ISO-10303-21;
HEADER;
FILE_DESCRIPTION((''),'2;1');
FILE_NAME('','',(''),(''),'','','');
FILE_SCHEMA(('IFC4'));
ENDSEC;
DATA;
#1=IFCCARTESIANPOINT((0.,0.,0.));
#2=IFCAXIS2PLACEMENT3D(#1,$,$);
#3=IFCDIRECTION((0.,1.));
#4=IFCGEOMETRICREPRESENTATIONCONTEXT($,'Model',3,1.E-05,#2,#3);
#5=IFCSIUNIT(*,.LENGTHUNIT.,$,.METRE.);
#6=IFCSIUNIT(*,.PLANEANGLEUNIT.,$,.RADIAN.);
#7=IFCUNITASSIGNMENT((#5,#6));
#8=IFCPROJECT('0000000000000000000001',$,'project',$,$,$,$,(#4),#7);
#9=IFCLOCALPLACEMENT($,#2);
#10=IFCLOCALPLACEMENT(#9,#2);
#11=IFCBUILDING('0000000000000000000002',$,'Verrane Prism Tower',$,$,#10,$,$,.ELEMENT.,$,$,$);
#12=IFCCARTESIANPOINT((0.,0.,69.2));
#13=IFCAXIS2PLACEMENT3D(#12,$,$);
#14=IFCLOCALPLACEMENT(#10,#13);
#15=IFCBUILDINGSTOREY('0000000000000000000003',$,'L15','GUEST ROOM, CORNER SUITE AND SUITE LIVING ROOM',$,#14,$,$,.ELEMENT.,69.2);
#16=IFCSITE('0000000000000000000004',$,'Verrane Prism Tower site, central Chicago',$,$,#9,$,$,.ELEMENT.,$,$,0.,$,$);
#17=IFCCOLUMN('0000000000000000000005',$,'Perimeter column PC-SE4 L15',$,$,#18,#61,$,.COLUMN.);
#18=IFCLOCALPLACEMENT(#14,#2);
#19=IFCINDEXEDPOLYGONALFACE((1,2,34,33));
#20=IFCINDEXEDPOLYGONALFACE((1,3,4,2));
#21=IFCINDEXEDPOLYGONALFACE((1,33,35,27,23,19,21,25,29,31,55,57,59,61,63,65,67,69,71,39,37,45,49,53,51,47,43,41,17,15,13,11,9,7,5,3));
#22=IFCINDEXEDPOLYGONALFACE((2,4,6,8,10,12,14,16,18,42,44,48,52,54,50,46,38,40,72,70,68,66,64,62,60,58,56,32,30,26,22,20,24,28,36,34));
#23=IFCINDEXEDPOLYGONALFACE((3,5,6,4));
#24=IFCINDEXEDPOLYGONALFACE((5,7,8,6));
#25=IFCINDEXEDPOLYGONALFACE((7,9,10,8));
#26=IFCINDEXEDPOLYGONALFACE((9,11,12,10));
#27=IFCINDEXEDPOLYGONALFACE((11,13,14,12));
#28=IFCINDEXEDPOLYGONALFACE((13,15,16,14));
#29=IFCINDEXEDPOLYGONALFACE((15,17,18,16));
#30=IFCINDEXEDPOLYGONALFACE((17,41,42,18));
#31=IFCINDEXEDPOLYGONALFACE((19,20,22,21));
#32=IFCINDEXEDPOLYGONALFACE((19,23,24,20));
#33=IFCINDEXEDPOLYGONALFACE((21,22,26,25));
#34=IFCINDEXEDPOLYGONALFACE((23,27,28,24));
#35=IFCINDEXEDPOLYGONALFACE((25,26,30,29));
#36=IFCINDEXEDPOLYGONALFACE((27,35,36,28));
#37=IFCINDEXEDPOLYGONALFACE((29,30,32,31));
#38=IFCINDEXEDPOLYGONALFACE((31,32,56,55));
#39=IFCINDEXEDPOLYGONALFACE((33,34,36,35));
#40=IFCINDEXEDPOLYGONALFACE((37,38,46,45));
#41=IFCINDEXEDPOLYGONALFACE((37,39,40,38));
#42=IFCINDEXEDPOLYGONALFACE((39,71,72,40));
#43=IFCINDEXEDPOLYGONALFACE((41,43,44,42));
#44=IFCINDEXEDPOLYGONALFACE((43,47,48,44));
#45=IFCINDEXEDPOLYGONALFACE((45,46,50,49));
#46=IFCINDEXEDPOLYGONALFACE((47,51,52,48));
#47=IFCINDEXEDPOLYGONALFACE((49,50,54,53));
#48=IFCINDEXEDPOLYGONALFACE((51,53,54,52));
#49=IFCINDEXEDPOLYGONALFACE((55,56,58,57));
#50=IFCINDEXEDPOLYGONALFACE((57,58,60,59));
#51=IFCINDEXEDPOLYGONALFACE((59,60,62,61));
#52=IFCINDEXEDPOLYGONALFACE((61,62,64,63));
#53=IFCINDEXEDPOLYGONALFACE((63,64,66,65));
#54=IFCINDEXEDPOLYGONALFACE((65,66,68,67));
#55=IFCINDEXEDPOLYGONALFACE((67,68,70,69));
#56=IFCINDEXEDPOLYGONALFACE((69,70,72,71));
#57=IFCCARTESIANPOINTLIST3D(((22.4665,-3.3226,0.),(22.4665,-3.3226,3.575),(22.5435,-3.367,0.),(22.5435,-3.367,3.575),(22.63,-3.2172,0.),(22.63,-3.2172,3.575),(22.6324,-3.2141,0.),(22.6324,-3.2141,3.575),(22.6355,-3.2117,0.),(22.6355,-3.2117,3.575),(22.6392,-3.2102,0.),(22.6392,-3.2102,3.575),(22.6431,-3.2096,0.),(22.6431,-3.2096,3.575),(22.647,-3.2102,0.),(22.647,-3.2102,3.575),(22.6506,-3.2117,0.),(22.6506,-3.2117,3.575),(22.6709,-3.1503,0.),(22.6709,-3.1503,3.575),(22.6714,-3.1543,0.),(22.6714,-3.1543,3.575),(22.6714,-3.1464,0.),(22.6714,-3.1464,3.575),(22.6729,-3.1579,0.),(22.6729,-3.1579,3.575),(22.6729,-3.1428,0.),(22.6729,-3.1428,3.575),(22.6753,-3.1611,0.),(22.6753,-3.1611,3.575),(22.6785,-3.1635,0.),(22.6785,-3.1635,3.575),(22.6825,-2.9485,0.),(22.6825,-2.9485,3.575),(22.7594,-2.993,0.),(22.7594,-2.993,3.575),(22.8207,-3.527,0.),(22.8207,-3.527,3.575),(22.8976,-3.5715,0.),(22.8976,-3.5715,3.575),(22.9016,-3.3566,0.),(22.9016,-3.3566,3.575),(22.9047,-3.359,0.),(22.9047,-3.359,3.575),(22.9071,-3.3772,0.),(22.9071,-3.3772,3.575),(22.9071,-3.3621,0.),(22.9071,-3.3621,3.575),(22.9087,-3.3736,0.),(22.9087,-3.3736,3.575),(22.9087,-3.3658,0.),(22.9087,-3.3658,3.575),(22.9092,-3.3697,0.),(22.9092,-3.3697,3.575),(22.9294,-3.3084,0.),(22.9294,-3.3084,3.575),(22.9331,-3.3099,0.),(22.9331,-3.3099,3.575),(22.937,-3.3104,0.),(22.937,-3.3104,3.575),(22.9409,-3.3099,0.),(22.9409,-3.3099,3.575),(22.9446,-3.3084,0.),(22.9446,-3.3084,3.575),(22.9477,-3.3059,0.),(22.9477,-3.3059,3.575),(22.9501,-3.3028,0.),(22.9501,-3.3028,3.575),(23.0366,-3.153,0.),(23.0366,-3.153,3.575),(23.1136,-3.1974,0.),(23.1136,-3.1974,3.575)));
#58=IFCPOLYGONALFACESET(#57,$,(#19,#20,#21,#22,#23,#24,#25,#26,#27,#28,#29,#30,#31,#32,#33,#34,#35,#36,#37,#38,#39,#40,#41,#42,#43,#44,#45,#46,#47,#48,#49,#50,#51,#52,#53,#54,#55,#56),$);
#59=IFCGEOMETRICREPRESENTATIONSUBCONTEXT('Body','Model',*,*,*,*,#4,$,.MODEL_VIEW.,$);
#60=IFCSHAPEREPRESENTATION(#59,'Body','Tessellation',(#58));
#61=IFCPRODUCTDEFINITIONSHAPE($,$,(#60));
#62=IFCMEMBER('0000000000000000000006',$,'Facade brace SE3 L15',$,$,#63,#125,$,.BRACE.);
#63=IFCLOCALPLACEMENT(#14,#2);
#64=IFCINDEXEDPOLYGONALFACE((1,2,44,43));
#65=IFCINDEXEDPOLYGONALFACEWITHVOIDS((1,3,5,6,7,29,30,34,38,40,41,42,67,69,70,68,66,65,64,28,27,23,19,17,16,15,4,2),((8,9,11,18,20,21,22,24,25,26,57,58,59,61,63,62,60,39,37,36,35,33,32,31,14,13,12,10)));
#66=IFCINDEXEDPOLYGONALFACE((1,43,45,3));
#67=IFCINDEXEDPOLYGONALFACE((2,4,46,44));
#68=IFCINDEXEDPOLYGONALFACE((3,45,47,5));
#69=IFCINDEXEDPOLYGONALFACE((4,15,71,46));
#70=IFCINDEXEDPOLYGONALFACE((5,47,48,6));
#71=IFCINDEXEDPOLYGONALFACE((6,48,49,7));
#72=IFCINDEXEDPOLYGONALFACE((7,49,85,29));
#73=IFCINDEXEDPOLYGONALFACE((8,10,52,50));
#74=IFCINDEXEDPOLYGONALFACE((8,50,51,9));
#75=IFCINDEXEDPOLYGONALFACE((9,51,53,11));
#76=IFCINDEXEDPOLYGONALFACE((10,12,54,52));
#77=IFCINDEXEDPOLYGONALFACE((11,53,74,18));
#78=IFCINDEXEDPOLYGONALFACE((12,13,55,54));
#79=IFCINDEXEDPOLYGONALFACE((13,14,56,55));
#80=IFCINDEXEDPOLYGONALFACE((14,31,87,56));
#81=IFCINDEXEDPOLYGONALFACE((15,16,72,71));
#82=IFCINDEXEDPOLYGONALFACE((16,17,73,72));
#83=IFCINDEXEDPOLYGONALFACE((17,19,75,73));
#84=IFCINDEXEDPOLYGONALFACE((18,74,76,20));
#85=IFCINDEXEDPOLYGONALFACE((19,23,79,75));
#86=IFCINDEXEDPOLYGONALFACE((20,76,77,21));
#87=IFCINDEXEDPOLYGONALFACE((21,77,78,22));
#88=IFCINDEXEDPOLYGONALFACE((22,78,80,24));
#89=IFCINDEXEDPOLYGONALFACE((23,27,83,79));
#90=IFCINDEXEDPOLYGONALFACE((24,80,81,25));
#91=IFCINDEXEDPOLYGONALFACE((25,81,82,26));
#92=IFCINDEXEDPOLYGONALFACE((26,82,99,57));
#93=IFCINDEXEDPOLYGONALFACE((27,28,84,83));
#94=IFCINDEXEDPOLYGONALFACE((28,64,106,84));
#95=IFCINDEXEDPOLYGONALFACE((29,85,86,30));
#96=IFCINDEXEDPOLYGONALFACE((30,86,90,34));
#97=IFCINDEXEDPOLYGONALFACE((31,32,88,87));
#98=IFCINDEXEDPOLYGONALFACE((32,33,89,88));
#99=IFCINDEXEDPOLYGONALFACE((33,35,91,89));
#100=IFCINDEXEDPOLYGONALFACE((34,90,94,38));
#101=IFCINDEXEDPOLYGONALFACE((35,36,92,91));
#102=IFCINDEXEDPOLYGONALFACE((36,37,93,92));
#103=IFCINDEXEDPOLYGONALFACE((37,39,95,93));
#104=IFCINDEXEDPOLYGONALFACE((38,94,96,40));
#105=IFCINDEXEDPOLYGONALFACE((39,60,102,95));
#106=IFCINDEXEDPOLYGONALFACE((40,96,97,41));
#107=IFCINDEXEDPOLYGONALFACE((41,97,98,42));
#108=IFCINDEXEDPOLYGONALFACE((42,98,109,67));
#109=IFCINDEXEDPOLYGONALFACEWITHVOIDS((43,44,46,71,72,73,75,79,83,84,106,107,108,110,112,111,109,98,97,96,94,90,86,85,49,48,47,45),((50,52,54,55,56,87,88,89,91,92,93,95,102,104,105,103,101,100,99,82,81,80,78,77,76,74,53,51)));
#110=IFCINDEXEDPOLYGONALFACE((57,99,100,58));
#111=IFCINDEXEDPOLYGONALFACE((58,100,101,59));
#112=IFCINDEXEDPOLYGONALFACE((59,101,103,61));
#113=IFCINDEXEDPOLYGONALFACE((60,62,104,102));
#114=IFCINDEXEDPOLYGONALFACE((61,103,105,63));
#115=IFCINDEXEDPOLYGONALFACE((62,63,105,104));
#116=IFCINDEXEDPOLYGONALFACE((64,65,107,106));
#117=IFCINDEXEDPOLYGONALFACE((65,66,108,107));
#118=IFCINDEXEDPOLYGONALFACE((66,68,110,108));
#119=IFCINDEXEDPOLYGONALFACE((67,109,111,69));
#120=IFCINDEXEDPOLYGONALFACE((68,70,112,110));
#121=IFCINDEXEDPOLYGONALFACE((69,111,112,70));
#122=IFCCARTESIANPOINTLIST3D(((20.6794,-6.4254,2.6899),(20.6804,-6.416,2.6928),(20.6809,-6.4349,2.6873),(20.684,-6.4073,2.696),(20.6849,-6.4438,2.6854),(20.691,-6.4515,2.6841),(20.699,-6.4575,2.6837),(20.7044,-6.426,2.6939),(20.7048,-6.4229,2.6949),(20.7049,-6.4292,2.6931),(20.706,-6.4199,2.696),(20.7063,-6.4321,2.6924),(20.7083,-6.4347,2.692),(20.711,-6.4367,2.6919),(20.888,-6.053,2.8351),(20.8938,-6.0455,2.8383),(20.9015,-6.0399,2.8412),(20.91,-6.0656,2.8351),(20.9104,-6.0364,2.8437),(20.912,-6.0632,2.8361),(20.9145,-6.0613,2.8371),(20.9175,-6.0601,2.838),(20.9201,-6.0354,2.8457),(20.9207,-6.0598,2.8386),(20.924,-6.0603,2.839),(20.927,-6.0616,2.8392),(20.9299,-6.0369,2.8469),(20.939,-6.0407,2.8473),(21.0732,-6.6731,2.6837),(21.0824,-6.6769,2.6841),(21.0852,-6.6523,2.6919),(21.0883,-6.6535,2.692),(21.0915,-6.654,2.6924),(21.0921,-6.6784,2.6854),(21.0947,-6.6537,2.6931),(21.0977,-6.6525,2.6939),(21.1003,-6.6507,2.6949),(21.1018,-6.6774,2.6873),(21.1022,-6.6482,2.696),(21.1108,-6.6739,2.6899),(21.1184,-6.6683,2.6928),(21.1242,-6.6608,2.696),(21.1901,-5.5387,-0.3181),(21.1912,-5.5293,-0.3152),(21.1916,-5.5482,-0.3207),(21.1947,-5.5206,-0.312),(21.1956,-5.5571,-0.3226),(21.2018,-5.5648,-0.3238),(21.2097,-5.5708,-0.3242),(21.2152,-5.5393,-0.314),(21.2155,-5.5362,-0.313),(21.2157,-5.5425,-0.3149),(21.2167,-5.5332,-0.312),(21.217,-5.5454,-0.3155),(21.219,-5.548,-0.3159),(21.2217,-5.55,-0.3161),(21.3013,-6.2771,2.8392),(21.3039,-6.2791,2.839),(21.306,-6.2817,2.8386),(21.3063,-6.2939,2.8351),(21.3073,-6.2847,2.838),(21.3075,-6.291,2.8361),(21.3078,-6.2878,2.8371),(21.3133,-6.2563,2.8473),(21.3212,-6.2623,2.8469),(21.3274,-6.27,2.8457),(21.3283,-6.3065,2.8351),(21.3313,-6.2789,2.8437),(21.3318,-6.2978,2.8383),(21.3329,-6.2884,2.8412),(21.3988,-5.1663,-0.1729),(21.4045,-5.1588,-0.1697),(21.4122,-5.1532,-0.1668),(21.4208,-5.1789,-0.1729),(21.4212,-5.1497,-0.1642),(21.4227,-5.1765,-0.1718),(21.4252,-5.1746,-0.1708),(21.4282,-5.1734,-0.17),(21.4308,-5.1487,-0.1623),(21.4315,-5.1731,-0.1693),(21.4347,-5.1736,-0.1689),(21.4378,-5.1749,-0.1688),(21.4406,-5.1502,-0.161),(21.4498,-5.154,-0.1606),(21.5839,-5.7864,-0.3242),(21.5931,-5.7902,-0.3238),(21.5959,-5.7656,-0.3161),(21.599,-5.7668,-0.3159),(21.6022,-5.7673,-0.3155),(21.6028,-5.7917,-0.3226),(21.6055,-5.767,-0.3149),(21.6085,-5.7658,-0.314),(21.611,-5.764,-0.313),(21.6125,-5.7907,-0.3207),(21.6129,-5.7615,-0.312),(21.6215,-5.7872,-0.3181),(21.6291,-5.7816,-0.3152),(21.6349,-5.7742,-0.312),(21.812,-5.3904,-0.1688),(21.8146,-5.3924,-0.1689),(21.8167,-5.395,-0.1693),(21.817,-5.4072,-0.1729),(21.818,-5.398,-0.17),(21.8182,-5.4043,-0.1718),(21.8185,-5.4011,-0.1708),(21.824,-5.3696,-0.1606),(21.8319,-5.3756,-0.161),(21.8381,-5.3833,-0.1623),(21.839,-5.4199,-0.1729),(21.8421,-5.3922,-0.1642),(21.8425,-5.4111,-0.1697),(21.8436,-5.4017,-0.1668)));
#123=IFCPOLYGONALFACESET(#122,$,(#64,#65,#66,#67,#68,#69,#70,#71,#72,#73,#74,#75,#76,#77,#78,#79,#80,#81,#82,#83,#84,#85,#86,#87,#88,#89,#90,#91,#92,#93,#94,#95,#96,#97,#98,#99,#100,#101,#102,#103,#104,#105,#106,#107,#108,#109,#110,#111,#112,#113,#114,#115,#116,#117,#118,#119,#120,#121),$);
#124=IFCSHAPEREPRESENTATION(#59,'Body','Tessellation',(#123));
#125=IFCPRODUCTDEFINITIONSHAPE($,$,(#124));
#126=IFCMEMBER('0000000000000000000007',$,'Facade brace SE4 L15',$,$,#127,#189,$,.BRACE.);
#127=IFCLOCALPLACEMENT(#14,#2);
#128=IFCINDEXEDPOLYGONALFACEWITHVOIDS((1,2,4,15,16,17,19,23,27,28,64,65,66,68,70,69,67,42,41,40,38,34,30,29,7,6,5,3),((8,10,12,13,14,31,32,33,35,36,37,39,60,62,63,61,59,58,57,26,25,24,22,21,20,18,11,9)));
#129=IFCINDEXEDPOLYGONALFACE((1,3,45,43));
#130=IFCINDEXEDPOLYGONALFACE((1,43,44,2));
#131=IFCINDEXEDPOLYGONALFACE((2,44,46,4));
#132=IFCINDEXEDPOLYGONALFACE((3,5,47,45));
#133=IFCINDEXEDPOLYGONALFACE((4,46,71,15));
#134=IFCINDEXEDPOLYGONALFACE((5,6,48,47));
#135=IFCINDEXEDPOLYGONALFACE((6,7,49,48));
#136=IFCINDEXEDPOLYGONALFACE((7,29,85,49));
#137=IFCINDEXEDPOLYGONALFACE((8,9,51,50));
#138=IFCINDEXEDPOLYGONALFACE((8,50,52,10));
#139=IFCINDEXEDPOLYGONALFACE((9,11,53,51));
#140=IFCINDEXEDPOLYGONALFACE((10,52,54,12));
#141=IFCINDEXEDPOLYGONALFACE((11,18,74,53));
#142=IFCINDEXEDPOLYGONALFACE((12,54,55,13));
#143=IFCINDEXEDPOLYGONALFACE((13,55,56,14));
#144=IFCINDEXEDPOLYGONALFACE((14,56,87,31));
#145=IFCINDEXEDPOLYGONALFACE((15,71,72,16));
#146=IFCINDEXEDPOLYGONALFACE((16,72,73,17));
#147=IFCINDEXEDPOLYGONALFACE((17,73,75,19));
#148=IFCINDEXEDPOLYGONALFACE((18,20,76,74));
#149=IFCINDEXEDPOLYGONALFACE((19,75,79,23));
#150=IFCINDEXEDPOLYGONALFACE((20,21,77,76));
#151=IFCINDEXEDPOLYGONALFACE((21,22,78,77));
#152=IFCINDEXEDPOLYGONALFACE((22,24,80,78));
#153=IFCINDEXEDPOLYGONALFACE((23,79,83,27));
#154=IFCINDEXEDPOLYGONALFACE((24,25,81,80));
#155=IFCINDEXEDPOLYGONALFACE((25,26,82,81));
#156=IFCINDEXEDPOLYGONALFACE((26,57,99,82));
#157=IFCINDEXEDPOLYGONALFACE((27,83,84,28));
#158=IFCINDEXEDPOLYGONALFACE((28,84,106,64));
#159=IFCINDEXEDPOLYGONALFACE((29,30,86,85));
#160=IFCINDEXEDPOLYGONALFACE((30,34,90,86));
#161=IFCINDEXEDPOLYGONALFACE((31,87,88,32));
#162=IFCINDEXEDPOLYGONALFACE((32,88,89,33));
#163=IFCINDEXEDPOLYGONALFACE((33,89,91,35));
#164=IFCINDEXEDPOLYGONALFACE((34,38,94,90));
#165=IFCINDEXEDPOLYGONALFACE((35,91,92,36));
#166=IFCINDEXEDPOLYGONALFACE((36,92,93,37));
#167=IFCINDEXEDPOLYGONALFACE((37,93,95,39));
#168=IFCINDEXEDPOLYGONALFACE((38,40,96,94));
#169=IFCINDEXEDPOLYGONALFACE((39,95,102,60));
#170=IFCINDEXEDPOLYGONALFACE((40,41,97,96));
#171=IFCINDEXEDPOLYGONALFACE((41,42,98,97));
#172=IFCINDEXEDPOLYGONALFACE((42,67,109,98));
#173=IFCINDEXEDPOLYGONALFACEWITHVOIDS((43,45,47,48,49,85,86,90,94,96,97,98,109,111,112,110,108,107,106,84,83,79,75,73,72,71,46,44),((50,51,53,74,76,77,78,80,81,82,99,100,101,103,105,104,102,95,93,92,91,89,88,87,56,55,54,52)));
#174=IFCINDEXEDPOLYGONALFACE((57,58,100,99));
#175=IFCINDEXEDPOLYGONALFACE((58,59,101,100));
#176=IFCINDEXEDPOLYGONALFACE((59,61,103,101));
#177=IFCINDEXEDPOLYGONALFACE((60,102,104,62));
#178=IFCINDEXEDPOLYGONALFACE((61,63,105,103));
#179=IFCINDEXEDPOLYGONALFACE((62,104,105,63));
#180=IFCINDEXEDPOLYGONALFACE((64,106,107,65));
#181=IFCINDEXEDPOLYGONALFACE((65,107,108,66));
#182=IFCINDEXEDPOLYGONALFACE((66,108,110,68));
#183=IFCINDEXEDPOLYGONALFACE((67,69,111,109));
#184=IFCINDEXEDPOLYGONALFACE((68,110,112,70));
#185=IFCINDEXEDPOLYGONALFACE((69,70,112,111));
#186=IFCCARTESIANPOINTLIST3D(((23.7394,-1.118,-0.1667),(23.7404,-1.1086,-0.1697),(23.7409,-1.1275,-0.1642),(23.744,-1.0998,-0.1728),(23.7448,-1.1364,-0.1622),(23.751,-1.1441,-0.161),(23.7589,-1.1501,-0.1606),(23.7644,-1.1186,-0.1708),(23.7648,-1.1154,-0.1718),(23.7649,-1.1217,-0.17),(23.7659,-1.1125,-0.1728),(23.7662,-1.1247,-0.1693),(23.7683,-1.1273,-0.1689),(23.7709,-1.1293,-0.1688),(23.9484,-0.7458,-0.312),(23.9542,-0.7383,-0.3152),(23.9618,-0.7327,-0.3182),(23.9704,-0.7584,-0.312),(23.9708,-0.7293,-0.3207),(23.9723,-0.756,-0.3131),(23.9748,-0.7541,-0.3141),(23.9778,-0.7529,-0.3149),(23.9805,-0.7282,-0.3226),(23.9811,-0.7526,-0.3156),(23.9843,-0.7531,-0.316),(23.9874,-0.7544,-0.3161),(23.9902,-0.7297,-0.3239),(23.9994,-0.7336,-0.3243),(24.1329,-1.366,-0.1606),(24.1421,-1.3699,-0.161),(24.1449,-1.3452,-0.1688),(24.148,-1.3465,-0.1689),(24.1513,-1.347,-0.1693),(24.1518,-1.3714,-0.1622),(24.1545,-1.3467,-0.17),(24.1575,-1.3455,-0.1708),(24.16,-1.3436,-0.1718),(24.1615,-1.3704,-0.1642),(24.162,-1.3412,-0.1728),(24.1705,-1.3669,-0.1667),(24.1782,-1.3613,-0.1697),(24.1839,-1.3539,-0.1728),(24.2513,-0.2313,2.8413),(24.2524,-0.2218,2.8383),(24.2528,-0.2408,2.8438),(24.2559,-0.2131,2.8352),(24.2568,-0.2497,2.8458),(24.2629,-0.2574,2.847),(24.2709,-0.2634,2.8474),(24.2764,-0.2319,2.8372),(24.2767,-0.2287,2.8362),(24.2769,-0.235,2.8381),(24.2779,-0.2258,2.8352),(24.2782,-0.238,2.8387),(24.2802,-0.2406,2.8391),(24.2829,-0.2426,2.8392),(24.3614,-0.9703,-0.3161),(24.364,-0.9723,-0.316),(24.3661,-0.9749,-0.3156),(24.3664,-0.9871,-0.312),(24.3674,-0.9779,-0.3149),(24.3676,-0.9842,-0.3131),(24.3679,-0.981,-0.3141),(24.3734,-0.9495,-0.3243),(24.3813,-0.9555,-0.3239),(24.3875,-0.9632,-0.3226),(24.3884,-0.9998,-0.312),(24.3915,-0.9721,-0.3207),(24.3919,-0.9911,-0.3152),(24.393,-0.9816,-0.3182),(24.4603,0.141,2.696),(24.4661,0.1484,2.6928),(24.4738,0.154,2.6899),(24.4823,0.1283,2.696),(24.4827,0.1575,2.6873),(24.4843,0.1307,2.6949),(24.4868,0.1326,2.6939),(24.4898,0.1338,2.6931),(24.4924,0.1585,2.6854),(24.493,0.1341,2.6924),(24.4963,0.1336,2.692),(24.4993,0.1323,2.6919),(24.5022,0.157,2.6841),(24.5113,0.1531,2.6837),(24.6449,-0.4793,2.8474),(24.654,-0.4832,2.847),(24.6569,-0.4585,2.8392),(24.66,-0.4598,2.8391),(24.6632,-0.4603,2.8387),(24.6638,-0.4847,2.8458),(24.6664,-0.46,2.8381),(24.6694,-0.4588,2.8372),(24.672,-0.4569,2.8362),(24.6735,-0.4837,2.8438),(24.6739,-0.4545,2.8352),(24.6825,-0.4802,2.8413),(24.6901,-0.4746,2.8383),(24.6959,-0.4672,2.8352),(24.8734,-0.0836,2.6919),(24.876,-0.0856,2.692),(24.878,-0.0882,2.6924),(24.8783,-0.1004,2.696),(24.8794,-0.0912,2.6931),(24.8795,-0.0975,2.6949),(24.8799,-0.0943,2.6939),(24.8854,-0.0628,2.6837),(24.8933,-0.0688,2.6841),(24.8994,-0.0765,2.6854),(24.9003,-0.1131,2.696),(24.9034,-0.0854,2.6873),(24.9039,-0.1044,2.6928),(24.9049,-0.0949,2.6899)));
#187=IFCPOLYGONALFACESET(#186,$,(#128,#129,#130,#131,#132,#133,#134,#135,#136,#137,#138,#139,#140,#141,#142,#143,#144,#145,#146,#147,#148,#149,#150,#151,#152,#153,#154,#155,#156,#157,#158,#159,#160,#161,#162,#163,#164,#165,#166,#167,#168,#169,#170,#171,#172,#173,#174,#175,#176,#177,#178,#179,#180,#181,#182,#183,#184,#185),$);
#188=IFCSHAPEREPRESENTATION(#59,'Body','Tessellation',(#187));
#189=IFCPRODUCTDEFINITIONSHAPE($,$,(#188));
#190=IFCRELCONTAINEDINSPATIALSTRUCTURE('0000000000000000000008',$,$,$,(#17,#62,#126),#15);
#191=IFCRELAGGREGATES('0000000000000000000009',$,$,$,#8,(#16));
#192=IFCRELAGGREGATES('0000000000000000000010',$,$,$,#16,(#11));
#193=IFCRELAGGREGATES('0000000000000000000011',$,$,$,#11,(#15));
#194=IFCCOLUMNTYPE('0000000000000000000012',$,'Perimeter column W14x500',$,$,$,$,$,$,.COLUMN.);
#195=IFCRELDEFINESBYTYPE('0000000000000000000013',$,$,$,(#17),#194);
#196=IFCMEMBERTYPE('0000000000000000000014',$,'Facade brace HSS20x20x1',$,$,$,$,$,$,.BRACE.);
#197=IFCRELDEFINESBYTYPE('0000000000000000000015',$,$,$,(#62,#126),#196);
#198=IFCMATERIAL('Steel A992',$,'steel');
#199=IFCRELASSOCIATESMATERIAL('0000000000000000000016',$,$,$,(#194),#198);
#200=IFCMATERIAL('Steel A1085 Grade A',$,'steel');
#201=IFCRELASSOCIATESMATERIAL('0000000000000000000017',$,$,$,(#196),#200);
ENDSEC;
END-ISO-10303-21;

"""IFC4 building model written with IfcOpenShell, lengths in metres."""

from ifc_helpers import new_model, si_unit, direction, frame, origin, origin_2d, place, context, subcontext, project, spatial, hollow_rectangle, i_section, extrude, material, material_profile, profile_set, type_object, element, save


model = new_model("IFC4")

# Units and contexts
model_context = context("Model", 3, precision=1e-05, world=origin(), true_north=direction((0.0, 1.0)))
body_context = subcontext(model_context, "Body", "Model", "MODEL_VIEW")
ifc_project = project(units=[si_unit("LENGTHUNIT", "METRE"), si_unit("PLANEANGLEUNIT", "RADIAN")], contexts=[model_context])

# Site, building, storey
site_placement = place(None, origin())
site = spatial("IfcSite", under=ifc_project, at=site_placement, Name="Verrane Prism Tower site, central Chicago", CompositionType="ELEMENT", RefElevation=0.0)
building_placement = place(site_placement, origin())
building = spatial("IfcBuilding", under=site, at=building_placement, Name="Verrane Prism Tower", CompositionType="ELEMENT")
storey_placement = place(building_placement, frame((0.0, 0.0, 69.2)))
storey = spatial("IfcBuildingStorey", under=building, at=storey_placement, Name="L15", Description="GUEST ROOM, CORNER SUITE AND SUITE LIVING ROOM", CompositionType="ELEMENT", Elevation=69.2)

# Column
ifc_material_1 = material(Name="Steel A992", Category="steel")
ifc_material_profile_1 = material_profile(ifc_material_1, i_section(OverallWidth=0.4319, OverallDepth=0.4978, WebThickness=0.0557, FlangeThickness=0.0889, FilletRadius=0.0151, at=origin_2d()), Name="W14x500")
ifc_profile_set_1 = profile_set([ifc_material_profile_1], Name="Steel A992")
column_type = type_object("IfcColumnType", Name="Perimeter column W14x500", PredefinedType="COLUMN", material=ifc_profile_set_1)
column_placement = place(storey_placement, frame((22.79, -3.26, 0.0), z_axis=(0.0, 0.0, 1.0), x_axis=(-0.5, -0.866025, 0.0)))
element("IfcColumn", 1, at=column_placement, inside=storey, type_object=column_type, Name="Perimeter column PC-SE4 L15", PredefinedType="COLUMN", context=body_context, shape_type="SweptSolid", body=[
    extrude(i_section(OverallWidth=0.4319, OverallDepth=0.4978, WebThickness=0.0557, FlangeThickness=0.0889, FilletRadius=0.0151, at=origin_2d()), origin(), (0.0, 0.0, 1.0), 3.575),
])

# Members
ifc_material_2 = material(Name="Steel A1085 Grade A", Category="steel")
ifc_material_profile_2 = material_profile(ifc_material_2, hollow_rectangle(XDim=0.5081, YDim=0.5081, WallThickness=0.0254, InnerFilletRadius=0.0127, OuterFilletRadius=0.0381, at=origin_2d()), Name="HSS20x20x1")
ifc_profile_set_2 = profile_set([ifc_material_profile_2], Name="Steel A1085 Grade A")
member_type_1 = type_object("IfcMemberType", Name="Facade brace HSS20x20x1", PredefinedType="BRACE", material=ifc_profile_set_2)
member_1_placement = place(storey_placement, frame((21.5168, -5.4702, -0.2424), z_axis=(-0.160745, -0.279075, 0.94672), x_axis=(0.866535, -0.499116, 0.0)))
element("IfcMember", 2, at=member_1_placement, inside=storey, type_object=member_type_1, Name="Facade brace SE3 L15", PredefinedType="BRACE", context=body_context, shape_type="SweptSolid", body=[
    extrude(hollow_rectangle(XDim=0.5081, YDim=0.5081, WallThickness=0.0254, InnerFilletRadius=0.0127, OuterFilletRadius=0.0381, at=origin_2d()), origin(), (0.0, 0.0, 1.0), 3.1772),
])
member_2_placement = place(storey_placement, frame((24.0662, -1.0498, -0.2424), z_axis=(0.161119, 0.279058, 0.946661), x_axis=(-0.866019, 0.500011, 0.0)))
element("IfcMember", 3, at=member_2_placement, inside=storey, type_object=member_type_1, Name="Facade brace SE4 L15", PredefinedType="BRACE", context=body_context, shape_type="SweptSolid", body=[
    extrude(hollow_rectangle(XDim=0.5081, YDim=0.5081, WallThickness=0.0254, InnerFilletRadius=0.0127, OuterFilletRadius=0.0381, at=origin_2d()), origin(), (0.0, 0.0, 1.0), 3.1775),
])

save(model, "model.ifc")
